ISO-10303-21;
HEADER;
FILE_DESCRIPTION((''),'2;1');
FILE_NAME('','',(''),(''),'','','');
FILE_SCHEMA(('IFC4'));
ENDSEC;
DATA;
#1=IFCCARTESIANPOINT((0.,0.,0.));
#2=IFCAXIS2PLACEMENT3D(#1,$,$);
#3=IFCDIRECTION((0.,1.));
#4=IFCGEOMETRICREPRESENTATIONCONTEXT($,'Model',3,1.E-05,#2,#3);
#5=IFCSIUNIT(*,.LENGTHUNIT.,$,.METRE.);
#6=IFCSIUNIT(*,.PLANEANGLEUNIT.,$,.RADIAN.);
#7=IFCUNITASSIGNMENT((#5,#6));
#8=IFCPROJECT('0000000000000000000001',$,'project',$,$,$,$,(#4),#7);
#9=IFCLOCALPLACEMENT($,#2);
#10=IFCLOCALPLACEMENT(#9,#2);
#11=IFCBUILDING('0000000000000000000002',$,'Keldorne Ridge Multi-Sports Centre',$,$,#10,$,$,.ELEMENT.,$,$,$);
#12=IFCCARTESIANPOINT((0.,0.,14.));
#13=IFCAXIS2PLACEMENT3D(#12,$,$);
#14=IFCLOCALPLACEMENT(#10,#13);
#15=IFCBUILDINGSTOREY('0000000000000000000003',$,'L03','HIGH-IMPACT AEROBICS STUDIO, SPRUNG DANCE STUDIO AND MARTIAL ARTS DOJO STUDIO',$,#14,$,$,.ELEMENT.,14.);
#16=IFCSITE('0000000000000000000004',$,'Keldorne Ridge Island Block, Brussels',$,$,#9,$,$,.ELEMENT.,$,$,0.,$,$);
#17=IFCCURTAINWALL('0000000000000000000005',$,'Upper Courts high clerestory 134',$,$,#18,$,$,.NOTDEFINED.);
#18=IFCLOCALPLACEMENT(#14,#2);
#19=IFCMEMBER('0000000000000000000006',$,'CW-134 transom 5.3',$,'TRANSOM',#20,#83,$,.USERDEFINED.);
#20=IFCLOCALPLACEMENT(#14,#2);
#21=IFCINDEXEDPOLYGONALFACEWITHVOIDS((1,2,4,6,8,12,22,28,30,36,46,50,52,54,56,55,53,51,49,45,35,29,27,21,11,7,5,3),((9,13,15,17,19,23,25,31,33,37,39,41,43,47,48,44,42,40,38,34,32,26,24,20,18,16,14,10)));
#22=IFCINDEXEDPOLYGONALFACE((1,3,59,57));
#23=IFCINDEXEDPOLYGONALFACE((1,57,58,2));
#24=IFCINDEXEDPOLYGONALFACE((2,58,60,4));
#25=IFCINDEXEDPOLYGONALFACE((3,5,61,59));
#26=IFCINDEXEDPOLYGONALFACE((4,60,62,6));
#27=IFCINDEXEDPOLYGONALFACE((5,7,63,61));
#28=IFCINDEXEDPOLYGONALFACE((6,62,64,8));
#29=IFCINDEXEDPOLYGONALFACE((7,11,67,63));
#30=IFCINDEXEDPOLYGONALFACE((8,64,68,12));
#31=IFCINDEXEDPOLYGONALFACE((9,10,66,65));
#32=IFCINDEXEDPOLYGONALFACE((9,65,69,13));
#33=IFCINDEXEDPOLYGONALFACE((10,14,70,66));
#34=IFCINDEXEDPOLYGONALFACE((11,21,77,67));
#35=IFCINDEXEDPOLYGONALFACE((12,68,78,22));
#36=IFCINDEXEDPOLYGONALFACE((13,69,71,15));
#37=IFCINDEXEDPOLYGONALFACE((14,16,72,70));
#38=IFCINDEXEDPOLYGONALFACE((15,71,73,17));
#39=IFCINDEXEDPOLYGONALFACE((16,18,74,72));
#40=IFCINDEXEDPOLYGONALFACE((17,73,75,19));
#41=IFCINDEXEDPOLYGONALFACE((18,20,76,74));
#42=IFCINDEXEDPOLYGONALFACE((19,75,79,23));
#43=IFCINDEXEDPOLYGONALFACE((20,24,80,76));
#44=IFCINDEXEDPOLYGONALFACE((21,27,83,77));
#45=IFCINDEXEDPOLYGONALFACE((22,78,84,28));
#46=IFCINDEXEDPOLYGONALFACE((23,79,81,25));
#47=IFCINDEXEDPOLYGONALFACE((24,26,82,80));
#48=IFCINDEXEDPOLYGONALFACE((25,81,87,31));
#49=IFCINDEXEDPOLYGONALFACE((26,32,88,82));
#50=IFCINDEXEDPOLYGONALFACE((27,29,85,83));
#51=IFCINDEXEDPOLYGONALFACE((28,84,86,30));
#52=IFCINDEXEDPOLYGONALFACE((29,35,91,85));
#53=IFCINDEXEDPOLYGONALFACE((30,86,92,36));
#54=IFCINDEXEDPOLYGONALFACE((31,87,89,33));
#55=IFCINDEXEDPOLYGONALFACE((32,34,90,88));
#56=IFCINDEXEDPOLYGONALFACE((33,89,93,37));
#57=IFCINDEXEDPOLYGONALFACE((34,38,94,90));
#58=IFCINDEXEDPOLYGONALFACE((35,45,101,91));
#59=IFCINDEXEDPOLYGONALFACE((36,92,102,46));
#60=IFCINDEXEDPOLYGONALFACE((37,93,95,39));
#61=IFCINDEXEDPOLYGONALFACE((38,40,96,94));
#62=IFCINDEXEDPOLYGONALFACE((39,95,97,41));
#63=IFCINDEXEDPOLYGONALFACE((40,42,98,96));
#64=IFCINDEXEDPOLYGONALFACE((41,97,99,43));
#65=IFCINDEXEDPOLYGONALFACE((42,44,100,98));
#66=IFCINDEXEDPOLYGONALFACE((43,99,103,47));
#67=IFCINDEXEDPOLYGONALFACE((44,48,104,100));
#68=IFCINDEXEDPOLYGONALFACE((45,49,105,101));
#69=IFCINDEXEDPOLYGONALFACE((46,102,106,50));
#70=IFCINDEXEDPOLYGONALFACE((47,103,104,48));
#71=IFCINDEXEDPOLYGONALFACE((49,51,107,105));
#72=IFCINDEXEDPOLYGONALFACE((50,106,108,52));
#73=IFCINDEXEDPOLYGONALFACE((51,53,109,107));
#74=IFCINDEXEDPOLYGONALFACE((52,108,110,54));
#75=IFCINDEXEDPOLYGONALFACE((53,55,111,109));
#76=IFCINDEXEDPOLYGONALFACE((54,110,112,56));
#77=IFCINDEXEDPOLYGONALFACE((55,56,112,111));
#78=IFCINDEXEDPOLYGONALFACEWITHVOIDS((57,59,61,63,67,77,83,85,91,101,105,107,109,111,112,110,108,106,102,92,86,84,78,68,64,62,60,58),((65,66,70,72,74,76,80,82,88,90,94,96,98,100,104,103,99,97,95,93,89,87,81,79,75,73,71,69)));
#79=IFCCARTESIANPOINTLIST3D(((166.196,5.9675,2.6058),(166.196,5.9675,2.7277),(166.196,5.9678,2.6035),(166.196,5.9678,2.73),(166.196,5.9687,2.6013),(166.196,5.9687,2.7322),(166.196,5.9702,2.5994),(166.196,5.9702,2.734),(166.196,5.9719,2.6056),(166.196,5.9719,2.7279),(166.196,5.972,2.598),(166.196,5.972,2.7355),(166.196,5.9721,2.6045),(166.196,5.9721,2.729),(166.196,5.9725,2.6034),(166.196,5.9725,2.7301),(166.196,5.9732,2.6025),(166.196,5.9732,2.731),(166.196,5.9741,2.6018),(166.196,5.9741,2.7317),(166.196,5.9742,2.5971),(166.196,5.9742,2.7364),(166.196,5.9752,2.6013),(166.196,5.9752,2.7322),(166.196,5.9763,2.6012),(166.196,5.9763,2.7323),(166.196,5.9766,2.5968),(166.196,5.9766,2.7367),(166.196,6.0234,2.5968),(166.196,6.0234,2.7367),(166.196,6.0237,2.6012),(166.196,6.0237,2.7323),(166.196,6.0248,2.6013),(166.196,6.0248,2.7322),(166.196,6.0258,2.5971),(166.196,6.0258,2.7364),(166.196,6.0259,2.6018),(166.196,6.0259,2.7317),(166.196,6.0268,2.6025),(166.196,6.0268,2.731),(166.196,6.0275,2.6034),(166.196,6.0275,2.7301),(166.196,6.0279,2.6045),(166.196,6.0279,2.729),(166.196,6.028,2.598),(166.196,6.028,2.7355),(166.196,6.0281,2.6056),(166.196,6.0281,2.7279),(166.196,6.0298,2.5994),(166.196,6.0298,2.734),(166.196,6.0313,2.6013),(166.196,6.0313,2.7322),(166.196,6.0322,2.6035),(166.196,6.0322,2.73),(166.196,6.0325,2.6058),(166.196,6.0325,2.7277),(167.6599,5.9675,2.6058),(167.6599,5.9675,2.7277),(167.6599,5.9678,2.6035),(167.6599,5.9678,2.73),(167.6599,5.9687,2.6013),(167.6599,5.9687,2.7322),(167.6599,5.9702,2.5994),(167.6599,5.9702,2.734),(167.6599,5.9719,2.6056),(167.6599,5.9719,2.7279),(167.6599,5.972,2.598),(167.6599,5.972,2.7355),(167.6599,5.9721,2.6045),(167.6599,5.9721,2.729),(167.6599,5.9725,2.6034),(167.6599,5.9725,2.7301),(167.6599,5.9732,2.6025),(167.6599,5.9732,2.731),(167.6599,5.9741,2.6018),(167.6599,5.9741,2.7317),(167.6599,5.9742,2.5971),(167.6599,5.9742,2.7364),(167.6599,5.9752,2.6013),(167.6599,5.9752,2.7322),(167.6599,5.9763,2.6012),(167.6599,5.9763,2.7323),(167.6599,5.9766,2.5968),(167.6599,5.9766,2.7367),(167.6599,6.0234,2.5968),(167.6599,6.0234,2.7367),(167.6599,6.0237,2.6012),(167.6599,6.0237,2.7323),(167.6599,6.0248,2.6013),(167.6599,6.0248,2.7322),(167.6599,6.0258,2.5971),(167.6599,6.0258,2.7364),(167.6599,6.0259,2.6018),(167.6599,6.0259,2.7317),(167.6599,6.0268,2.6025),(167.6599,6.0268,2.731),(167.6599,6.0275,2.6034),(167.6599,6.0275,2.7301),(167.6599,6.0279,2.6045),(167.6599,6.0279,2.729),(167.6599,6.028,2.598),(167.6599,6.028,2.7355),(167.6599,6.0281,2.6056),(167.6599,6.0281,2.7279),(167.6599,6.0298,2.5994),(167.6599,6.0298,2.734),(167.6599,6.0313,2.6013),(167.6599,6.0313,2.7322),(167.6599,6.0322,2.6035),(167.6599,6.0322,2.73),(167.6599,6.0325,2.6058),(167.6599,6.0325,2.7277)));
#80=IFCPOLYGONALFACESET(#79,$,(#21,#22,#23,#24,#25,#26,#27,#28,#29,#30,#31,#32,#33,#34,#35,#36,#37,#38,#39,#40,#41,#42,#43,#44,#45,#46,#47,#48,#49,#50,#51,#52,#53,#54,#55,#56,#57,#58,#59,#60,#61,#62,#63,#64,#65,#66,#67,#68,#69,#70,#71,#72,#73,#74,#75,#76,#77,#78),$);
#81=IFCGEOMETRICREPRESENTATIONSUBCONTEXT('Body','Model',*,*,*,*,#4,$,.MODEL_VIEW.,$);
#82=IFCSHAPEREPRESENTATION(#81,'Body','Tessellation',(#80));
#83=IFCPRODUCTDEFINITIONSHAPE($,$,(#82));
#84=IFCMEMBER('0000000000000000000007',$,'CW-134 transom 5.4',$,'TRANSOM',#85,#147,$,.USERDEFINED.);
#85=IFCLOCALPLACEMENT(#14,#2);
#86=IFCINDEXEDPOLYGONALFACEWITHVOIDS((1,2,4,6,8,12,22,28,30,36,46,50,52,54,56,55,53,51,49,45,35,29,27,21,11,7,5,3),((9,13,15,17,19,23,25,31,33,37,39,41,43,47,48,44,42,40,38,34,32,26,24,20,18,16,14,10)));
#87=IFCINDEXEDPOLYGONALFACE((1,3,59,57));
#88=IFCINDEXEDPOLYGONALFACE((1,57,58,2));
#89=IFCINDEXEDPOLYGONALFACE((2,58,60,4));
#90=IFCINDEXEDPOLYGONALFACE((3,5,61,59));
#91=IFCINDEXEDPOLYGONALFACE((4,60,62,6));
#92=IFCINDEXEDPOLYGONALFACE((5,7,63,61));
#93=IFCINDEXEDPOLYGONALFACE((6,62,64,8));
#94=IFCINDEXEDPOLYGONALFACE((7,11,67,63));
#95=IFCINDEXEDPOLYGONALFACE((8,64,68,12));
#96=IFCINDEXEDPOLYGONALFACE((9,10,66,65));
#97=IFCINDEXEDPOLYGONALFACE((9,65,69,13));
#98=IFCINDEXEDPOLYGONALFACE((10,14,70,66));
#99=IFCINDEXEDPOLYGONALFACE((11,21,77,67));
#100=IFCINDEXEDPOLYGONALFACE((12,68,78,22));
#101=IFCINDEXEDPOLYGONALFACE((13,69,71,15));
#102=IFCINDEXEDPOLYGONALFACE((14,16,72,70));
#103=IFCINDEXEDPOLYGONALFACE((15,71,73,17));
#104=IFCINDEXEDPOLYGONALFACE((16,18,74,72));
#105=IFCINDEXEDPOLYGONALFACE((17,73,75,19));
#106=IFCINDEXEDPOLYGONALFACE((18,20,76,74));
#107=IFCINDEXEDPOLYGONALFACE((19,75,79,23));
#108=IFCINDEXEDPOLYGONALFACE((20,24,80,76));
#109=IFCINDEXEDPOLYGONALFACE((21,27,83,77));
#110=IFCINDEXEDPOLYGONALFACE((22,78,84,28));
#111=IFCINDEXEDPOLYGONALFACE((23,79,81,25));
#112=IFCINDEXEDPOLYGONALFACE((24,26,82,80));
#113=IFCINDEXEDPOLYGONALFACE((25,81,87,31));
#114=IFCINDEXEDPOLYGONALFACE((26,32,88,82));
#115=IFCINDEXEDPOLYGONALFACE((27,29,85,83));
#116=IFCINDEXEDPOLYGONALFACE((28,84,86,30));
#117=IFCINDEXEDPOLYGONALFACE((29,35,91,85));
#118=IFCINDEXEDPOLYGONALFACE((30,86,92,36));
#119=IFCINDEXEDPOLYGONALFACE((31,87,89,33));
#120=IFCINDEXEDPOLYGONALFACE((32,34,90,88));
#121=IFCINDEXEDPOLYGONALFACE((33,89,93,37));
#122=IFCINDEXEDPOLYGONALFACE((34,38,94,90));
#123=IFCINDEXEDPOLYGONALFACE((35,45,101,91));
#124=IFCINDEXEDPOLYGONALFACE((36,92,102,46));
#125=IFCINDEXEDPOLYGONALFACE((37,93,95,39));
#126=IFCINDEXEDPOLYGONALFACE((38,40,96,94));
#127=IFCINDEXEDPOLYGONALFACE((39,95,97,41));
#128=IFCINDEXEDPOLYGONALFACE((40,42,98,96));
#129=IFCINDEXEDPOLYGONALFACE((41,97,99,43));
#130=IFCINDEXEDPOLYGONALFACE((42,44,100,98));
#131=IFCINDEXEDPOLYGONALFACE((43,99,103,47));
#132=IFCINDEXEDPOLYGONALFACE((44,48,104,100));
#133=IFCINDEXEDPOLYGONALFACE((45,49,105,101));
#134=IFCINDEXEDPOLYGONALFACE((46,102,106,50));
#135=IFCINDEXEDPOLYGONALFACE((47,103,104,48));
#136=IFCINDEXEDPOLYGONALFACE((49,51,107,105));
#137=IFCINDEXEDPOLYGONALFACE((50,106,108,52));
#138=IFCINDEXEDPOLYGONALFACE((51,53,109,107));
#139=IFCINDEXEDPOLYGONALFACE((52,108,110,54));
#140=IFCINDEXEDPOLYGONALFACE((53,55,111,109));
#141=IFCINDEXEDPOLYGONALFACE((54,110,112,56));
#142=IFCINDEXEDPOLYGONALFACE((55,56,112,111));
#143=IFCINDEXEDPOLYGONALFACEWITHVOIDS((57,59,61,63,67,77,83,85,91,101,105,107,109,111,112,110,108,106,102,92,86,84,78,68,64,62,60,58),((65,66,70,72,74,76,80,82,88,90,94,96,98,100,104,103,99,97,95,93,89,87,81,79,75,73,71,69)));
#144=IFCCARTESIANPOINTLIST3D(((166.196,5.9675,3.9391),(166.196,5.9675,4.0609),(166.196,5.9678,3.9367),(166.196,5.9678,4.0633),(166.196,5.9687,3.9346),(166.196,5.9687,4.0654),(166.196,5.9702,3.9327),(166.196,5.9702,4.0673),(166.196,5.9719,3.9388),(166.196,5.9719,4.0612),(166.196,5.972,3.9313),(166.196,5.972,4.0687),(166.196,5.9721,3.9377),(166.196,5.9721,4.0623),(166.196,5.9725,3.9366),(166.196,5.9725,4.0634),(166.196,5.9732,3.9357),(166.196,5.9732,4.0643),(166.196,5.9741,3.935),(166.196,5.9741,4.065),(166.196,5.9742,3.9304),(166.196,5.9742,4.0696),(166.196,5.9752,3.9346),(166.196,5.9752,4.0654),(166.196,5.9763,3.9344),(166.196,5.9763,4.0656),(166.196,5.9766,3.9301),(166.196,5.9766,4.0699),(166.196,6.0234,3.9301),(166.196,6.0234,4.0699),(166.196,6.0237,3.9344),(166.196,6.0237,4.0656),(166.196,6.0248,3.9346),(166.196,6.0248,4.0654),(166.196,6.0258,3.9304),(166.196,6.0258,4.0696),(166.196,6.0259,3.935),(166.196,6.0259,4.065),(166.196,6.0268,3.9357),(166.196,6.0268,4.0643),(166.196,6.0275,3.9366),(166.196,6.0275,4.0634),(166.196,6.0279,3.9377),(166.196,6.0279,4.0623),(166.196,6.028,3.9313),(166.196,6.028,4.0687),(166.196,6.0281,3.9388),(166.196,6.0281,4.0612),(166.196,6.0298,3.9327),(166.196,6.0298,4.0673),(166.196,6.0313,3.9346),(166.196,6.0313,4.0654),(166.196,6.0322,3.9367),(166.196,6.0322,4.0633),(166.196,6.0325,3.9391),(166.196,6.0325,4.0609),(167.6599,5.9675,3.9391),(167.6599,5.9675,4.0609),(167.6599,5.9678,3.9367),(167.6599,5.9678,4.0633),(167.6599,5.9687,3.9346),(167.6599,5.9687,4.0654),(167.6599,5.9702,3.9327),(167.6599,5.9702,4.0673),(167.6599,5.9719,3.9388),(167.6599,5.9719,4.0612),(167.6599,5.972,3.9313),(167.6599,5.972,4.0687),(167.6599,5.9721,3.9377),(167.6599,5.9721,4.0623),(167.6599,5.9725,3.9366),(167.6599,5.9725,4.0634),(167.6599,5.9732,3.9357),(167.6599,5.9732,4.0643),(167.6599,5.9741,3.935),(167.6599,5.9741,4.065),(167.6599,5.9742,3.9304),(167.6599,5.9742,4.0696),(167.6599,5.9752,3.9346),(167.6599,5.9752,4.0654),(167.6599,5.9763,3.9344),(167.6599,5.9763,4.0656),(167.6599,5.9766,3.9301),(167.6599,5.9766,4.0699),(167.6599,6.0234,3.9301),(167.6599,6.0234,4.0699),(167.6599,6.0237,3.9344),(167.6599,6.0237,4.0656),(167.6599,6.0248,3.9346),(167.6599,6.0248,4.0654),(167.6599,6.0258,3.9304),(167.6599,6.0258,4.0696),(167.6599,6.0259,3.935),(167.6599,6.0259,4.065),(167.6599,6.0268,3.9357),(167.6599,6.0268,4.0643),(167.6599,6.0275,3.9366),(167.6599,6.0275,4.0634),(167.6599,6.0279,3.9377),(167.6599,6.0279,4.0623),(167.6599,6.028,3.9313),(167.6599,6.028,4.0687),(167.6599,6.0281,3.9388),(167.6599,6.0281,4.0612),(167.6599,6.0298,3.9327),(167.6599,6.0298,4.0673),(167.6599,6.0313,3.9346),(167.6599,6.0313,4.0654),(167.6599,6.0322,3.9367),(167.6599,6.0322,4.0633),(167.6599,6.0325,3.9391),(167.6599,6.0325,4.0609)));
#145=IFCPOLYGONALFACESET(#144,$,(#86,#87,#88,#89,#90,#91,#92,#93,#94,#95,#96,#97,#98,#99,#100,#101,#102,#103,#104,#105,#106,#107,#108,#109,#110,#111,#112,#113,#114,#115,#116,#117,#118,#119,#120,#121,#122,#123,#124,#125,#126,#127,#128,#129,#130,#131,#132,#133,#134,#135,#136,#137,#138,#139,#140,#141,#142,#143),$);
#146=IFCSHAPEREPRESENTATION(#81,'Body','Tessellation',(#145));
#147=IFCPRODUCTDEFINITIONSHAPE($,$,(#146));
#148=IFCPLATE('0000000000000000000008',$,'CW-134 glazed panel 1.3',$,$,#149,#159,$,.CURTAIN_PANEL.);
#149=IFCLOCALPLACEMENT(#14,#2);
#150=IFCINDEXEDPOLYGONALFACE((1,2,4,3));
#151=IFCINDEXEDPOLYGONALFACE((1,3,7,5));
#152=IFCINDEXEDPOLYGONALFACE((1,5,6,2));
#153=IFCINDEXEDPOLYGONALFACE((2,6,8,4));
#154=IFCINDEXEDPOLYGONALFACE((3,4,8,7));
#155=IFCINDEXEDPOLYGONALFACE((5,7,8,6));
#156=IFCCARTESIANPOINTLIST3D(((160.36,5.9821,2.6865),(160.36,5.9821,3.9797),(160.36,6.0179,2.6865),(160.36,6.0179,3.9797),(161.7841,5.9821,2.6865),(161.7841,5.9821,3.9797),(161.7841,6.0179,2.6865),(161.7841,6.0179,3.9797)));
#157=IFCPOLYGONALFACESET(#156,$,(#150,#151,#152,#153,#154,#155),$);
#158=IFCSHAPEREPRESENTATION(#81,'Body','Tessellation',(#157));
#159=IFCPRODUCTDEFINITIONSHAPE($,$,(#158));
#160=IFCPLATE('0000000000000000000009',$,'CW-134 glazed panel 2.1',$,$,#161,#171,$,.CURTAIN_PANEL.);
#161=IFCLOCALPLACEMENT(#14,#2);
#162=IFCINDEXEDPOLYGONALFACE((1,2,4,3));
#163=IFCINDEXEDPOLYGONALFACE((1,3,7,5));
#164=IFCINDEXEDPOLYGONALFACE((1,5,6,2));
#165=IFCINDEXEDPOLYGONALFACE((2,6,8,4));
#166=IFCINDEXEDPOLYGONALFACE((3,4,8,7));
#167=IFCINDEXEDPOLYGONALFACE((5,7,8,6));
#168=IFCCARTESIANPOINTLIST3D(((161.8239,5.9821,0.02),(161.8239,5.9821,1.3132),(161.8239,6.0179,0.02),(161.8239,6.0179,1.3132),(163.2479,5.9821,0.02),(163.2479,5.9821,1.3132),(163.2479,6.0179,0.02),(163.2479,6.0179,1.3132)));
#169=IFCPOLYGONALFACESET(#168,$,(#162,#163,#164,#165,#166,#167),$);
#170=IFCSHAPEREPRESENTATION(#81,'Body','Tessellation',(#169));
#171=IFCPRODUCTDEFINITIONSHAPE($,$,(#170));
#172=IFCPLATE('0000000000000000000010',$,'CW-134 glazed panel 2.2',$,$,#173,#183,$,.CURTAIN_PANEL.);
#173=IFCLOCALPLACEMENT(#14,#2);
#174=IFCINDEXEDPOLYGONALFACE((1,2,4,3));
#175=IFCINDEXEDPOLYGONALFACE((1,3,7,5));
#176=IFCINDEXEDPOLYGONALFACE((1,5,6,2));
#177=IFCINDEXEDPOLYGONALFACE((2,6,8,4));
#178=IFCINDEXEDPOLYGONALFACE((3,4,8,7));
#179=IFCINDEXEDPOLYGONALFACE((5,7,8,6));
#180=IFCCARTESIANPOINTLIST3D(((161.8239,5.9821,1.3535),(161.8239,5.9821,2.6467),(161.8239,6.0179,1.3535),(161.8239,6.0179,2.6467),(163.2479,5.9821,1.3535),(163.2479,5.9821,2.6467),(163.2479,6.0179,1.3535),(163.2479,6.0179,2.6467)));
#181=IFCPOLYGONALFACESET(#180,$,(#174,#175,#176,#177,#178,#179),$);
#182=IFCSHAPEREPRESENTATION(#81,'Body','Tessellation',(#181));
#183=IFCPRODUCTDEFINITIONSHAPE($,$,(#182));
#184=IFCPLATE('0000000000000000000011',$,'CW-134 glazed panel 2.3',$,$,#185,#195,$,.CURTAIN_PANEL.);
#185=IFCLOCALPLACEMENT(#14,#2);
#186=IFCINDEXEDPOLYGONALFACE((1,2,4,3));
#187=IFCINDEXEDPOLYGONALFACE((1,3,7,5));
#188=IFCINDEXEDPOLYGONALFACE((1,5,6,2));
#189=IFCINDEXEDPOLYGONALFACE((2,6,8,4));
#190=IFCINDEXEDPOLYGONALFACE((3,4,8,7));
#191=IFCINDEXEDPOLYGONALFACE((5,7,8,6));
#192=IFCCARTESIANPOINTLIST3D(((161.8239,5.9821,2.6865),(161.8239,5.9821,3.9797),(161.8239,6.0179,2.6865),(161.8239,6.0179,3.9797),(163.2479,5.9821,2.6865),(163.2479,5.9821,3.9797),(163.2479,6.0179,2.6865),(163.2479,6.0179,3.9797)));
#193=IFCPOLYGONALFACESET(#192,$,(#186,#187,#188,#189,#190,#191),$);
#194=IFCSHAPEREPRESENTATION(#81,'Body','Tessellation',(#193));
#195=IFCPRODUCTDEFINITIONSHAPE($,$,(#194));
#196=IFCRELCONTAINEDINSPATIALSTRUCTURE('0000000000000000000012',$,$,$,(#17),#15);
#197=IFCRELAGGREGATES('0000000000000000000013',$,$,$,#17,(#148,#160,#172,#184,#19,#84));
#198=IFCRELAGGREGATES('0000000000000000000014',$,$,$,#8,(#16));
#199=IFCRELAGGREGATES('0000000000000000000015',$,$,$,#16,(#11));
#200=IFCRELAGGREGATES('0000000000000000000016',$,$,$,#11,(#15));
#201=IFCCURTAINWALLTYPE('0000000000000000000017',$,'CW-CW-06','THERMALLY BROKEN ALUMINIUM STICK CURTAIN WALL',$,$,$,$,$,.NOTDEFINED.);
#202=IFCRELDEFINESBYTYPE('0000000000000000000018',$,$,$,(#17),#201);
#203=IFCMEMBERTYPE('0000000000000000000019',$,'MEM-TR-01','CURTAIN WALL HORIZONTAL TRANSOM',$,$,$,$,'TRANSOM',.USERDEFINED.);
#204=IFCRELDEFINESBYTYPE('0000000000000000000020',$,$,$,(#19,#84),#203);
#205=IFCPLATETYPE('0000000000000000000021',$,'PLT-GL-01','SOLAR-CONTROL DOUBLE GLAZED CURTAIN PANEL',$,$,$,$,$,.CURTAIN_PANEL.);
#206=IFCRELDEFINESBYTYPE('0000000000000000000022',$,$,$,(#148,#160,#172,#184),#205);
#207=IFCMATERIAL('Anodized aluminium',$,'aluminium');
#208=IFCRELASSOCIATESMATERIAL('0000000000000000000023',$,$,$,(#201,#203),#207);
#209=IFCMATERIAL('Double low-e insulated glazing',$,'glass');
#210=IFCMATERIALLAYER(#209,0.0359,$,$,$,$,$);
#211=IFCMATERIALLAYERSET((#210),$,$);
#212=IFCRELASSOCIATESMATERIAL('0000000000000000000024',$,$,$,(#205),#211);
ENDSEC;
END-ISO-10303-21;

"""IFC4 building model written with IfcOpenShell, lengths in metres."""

from ifc_helpers import new_model, si_unit, direction, frame, origin, origin_2d, place, context, subcontext, project, spatial, rectangle, hollow_rectangle, extrude, material, layer, layer_set, material_profile, profile_set, type_object, element, aggregate, save


model = new_model("IFC4")

# Units and contexts
model_context = context("Model", 3, precision=1e-05, world=origin(), true_north=direction((0.0, 1.0)))
body_context = subcontext(model_context, "Body", "Model", "MODEL_VIEW")
ifc_project = project(units=[si_unit("LENGTHUNIT", "METRE"), si_unit("PLANEANGLEUNIT", "RADIAN")], contexts=[model_context])

# Site, building, storey
site_placement = place(None, origin())
site = spatial("IfcSite", under=ifc_project, at=site_placement, Name="Keldorne Ridge Island Block, Brussels", CompositionType="ELEMENT", RefElevation=0.0)
building_placement = place(site_placement, origin())
building = spatial("IfcBuilding", under=site, at=building_placement, Name="Keldorne Ridge Multi-Sports Centre", CompositionType="ELEMENT")
storey_placement = place(building_placement, frame((0.0, 0.0, 14.0)))
storey = spatial("IfcBuildingStorey", under=building, at=storey_placement, Name="L03", Description="HIGH-IMPACT AEROBICS STUDIO, SPRUNG DANCE STUDIO AND MARTIAL ARTS DOJO STUDIO", CompositionType="ELEMENT", Elevation=14.0)

# Curtain wall, members, plates
ifc_material_1 = material(Name="Anodized aluminium", Category="aluminium")
curtain_wall_type = type_object("IfcCurtainWallType", Name="CW-CW-06", Description="THERMALLY BROKEN ALUMINIUM STICK CURTAIN WALL", PredefinedType="NOTDEFINED", material=ifc_material_1)
curtain_wall_placement = place(storey_placement, origin())
curtain_wall = element("IfcCurtainWall", 1, at=curtain_wall_placement, inside=storey, type_object=curtain_wall_type, Name="Upper Courts high clerestory 134", PredefinedType="NOTDEFINED")
ifc_material_profile_1 = material_profile(ifc_material_1, hollow_rectangle(XDim=0.0649, YDim=0.1399, WallThickness=0.0044, InnerFilletRadius=0.0044, OuterFilletRadius=0.009, at=origin_2d()), Name="ALU TRANSOM 140x65x4.5")
ifc_profile_set_1 = profile_set([ifc_material_profile_1], Name="Anodized aluminium")
member_type_1 = type_object("IfcMemberType", Name="MEM-TR-01", Description="CURTAIN WALL HORIZONTAL TRANSOM", ElementType="TRANSOM", PredefinedType="USERDEFINED", material=ifc_profile_set_1)
member_1_placement = place(storey_placement, frame((166.196, 6.0, 2.6667), z_axis=(1.0, 0.0, 0.0), x_axis=(0.0, 1.0, 0.0)))
member_1 = element("IfcMember", 2, at=member_1_placement, type_object=member_type_1, Name="CW-134 transom 5.3", ObjectType="TRANSOM", PredefinedType="USERDEFINED", context=body_context, shape_type="SweptSolid", body=[
    extrude(hollow_rectangle(XDim=0.0649, YDim=0.1399, WallThickness=0.0044, InnerFilletRadius=0.0044, OuterFilletRadius=0.009, at=origin_2d()), origin(), (0.0, 0.0, 1.0), 1.4639),
])
member_2_placement = place(storey_placement, frame((166.196, 6.0, 4.0), z_axis=(1.0, 0.0, 0.0), x_axis=(0.0, 1.0, 0.0)))
member_2 = element("IfcMember", 3, at=member_2_placement, type_object=member_type_1, Name="CW-134 transom 5.4", ObjectType="TRANSOM", PredefinedType="USERDEFINED", context=body_context, shape_type="SweptSolid", body=[
    extrude(hollow_rectangle(XDim=0.0649, YDim=0.1399, WallThickness=0.0044, InnerFilletRadius=0.0044, OuterFilletRadius=0.009, at=origin_2d()), origin(), (0.0, 0.0, 1.0), 1.4639),
])
ifc_material_2 = material(Name="Double low-e insulated glazing", Category="glass")
ifc_layer = layer(ifc_material_2, 0.0359)
ifc_layer_set = layer_set([ifc_layer])
plate_type = type_object("IfcPlateType", Name="PLT-GL-01", Description="SOLAR-CONTROL DOUBLE GLAZED CURTAIN PANEL", PredefinedType="CURTAIN_PANEL", material=ifc_layer_set)
plate_1_placement = place(storey_placement, frame((161.072, 6.0, 2.6865), z_axis=(0.0, 0.0, 1.0), x_axis=(1.0, 0.0, 0.0)))
plate_1 = element("IfcPlate", 4, at=plate_1_placement, type_object=plate_type, Name="CW-134 glazed panel 1.3", PredefinedType="CURTAIN_PANEL", context=body_context, shape_type="SweptSolid", body=[
    extrude(rectangle(XDim=1.4241, YDim=0.0359, at=origin_2d()), origin(), (0.0, 0.0, 1.0), 1.2932),
])
plate_2_placement = place(storey_placement, frame((162.5359, 6.0, 0.02), z_axis=(0.0, 0.0, 1.0), x_axis=(1.0, 0.0, 0.0)))
plate_2 = element("IfcPlate", 5, at=plate_2_placement, type_object=plate_type, Name="CW-134 glazed panel 2.1", PredefinedType="CURTAIN_PANEL", context=body_context, shape_type="SweptSolid", body=[
    extrude(rectangle(XDim=1.4241, YDim=0.0359, at=origin_2d()), origin(), (0.0, 0.0, 1.0), 1.2932),
])
plate_3_placement = place(storey_placement, frame((162.5359, 6.0, 1.3535), z_axis=(0.0, 0.0, 1.0), x_axis=(1.0, 0.0, 0.0)))
plate_3 = element("IfcPlate", 6, at=plate_3_placement, type_object=plate_type, Name="CW-134 glazed panel 2.2", PredefinedType="CURTAIN_PANEL", context=body_context, shape_type="SweptSolid", body=[
    extrude(rectangle(XDim=1.4241, YDim=0.0359, at=origin_2d()), origin(), (0.0, 0.0, 1.0), 1.2932),
])
plate_4_placement = place(storey_placement, frame((162.5359, 6.0, 2.6865), z_axis=(0.0, 0.0, 1.0), x_axis=(1.0, 0.0, 0.0)))
plate_4 = element("IfcPlate", 7, at=plate_4_placement, type_object=plate_type, Name="CW-134 glazed panel 2.3", PredefinedType="CURTAIN_PANEL", context=body_context, shape_type="SweptSolid", body=[
    extrude(rectangle(XDim=1.4241, YDim=0.0359, at=origin_2d()), origin(), (0.0, 0.0, 1.0), 1.2932),
])
aggregate(curtain_wall, [plate_1, plate_2, plate_3, plate_4, member_1, member_2])

save(model, "model.ifc")
